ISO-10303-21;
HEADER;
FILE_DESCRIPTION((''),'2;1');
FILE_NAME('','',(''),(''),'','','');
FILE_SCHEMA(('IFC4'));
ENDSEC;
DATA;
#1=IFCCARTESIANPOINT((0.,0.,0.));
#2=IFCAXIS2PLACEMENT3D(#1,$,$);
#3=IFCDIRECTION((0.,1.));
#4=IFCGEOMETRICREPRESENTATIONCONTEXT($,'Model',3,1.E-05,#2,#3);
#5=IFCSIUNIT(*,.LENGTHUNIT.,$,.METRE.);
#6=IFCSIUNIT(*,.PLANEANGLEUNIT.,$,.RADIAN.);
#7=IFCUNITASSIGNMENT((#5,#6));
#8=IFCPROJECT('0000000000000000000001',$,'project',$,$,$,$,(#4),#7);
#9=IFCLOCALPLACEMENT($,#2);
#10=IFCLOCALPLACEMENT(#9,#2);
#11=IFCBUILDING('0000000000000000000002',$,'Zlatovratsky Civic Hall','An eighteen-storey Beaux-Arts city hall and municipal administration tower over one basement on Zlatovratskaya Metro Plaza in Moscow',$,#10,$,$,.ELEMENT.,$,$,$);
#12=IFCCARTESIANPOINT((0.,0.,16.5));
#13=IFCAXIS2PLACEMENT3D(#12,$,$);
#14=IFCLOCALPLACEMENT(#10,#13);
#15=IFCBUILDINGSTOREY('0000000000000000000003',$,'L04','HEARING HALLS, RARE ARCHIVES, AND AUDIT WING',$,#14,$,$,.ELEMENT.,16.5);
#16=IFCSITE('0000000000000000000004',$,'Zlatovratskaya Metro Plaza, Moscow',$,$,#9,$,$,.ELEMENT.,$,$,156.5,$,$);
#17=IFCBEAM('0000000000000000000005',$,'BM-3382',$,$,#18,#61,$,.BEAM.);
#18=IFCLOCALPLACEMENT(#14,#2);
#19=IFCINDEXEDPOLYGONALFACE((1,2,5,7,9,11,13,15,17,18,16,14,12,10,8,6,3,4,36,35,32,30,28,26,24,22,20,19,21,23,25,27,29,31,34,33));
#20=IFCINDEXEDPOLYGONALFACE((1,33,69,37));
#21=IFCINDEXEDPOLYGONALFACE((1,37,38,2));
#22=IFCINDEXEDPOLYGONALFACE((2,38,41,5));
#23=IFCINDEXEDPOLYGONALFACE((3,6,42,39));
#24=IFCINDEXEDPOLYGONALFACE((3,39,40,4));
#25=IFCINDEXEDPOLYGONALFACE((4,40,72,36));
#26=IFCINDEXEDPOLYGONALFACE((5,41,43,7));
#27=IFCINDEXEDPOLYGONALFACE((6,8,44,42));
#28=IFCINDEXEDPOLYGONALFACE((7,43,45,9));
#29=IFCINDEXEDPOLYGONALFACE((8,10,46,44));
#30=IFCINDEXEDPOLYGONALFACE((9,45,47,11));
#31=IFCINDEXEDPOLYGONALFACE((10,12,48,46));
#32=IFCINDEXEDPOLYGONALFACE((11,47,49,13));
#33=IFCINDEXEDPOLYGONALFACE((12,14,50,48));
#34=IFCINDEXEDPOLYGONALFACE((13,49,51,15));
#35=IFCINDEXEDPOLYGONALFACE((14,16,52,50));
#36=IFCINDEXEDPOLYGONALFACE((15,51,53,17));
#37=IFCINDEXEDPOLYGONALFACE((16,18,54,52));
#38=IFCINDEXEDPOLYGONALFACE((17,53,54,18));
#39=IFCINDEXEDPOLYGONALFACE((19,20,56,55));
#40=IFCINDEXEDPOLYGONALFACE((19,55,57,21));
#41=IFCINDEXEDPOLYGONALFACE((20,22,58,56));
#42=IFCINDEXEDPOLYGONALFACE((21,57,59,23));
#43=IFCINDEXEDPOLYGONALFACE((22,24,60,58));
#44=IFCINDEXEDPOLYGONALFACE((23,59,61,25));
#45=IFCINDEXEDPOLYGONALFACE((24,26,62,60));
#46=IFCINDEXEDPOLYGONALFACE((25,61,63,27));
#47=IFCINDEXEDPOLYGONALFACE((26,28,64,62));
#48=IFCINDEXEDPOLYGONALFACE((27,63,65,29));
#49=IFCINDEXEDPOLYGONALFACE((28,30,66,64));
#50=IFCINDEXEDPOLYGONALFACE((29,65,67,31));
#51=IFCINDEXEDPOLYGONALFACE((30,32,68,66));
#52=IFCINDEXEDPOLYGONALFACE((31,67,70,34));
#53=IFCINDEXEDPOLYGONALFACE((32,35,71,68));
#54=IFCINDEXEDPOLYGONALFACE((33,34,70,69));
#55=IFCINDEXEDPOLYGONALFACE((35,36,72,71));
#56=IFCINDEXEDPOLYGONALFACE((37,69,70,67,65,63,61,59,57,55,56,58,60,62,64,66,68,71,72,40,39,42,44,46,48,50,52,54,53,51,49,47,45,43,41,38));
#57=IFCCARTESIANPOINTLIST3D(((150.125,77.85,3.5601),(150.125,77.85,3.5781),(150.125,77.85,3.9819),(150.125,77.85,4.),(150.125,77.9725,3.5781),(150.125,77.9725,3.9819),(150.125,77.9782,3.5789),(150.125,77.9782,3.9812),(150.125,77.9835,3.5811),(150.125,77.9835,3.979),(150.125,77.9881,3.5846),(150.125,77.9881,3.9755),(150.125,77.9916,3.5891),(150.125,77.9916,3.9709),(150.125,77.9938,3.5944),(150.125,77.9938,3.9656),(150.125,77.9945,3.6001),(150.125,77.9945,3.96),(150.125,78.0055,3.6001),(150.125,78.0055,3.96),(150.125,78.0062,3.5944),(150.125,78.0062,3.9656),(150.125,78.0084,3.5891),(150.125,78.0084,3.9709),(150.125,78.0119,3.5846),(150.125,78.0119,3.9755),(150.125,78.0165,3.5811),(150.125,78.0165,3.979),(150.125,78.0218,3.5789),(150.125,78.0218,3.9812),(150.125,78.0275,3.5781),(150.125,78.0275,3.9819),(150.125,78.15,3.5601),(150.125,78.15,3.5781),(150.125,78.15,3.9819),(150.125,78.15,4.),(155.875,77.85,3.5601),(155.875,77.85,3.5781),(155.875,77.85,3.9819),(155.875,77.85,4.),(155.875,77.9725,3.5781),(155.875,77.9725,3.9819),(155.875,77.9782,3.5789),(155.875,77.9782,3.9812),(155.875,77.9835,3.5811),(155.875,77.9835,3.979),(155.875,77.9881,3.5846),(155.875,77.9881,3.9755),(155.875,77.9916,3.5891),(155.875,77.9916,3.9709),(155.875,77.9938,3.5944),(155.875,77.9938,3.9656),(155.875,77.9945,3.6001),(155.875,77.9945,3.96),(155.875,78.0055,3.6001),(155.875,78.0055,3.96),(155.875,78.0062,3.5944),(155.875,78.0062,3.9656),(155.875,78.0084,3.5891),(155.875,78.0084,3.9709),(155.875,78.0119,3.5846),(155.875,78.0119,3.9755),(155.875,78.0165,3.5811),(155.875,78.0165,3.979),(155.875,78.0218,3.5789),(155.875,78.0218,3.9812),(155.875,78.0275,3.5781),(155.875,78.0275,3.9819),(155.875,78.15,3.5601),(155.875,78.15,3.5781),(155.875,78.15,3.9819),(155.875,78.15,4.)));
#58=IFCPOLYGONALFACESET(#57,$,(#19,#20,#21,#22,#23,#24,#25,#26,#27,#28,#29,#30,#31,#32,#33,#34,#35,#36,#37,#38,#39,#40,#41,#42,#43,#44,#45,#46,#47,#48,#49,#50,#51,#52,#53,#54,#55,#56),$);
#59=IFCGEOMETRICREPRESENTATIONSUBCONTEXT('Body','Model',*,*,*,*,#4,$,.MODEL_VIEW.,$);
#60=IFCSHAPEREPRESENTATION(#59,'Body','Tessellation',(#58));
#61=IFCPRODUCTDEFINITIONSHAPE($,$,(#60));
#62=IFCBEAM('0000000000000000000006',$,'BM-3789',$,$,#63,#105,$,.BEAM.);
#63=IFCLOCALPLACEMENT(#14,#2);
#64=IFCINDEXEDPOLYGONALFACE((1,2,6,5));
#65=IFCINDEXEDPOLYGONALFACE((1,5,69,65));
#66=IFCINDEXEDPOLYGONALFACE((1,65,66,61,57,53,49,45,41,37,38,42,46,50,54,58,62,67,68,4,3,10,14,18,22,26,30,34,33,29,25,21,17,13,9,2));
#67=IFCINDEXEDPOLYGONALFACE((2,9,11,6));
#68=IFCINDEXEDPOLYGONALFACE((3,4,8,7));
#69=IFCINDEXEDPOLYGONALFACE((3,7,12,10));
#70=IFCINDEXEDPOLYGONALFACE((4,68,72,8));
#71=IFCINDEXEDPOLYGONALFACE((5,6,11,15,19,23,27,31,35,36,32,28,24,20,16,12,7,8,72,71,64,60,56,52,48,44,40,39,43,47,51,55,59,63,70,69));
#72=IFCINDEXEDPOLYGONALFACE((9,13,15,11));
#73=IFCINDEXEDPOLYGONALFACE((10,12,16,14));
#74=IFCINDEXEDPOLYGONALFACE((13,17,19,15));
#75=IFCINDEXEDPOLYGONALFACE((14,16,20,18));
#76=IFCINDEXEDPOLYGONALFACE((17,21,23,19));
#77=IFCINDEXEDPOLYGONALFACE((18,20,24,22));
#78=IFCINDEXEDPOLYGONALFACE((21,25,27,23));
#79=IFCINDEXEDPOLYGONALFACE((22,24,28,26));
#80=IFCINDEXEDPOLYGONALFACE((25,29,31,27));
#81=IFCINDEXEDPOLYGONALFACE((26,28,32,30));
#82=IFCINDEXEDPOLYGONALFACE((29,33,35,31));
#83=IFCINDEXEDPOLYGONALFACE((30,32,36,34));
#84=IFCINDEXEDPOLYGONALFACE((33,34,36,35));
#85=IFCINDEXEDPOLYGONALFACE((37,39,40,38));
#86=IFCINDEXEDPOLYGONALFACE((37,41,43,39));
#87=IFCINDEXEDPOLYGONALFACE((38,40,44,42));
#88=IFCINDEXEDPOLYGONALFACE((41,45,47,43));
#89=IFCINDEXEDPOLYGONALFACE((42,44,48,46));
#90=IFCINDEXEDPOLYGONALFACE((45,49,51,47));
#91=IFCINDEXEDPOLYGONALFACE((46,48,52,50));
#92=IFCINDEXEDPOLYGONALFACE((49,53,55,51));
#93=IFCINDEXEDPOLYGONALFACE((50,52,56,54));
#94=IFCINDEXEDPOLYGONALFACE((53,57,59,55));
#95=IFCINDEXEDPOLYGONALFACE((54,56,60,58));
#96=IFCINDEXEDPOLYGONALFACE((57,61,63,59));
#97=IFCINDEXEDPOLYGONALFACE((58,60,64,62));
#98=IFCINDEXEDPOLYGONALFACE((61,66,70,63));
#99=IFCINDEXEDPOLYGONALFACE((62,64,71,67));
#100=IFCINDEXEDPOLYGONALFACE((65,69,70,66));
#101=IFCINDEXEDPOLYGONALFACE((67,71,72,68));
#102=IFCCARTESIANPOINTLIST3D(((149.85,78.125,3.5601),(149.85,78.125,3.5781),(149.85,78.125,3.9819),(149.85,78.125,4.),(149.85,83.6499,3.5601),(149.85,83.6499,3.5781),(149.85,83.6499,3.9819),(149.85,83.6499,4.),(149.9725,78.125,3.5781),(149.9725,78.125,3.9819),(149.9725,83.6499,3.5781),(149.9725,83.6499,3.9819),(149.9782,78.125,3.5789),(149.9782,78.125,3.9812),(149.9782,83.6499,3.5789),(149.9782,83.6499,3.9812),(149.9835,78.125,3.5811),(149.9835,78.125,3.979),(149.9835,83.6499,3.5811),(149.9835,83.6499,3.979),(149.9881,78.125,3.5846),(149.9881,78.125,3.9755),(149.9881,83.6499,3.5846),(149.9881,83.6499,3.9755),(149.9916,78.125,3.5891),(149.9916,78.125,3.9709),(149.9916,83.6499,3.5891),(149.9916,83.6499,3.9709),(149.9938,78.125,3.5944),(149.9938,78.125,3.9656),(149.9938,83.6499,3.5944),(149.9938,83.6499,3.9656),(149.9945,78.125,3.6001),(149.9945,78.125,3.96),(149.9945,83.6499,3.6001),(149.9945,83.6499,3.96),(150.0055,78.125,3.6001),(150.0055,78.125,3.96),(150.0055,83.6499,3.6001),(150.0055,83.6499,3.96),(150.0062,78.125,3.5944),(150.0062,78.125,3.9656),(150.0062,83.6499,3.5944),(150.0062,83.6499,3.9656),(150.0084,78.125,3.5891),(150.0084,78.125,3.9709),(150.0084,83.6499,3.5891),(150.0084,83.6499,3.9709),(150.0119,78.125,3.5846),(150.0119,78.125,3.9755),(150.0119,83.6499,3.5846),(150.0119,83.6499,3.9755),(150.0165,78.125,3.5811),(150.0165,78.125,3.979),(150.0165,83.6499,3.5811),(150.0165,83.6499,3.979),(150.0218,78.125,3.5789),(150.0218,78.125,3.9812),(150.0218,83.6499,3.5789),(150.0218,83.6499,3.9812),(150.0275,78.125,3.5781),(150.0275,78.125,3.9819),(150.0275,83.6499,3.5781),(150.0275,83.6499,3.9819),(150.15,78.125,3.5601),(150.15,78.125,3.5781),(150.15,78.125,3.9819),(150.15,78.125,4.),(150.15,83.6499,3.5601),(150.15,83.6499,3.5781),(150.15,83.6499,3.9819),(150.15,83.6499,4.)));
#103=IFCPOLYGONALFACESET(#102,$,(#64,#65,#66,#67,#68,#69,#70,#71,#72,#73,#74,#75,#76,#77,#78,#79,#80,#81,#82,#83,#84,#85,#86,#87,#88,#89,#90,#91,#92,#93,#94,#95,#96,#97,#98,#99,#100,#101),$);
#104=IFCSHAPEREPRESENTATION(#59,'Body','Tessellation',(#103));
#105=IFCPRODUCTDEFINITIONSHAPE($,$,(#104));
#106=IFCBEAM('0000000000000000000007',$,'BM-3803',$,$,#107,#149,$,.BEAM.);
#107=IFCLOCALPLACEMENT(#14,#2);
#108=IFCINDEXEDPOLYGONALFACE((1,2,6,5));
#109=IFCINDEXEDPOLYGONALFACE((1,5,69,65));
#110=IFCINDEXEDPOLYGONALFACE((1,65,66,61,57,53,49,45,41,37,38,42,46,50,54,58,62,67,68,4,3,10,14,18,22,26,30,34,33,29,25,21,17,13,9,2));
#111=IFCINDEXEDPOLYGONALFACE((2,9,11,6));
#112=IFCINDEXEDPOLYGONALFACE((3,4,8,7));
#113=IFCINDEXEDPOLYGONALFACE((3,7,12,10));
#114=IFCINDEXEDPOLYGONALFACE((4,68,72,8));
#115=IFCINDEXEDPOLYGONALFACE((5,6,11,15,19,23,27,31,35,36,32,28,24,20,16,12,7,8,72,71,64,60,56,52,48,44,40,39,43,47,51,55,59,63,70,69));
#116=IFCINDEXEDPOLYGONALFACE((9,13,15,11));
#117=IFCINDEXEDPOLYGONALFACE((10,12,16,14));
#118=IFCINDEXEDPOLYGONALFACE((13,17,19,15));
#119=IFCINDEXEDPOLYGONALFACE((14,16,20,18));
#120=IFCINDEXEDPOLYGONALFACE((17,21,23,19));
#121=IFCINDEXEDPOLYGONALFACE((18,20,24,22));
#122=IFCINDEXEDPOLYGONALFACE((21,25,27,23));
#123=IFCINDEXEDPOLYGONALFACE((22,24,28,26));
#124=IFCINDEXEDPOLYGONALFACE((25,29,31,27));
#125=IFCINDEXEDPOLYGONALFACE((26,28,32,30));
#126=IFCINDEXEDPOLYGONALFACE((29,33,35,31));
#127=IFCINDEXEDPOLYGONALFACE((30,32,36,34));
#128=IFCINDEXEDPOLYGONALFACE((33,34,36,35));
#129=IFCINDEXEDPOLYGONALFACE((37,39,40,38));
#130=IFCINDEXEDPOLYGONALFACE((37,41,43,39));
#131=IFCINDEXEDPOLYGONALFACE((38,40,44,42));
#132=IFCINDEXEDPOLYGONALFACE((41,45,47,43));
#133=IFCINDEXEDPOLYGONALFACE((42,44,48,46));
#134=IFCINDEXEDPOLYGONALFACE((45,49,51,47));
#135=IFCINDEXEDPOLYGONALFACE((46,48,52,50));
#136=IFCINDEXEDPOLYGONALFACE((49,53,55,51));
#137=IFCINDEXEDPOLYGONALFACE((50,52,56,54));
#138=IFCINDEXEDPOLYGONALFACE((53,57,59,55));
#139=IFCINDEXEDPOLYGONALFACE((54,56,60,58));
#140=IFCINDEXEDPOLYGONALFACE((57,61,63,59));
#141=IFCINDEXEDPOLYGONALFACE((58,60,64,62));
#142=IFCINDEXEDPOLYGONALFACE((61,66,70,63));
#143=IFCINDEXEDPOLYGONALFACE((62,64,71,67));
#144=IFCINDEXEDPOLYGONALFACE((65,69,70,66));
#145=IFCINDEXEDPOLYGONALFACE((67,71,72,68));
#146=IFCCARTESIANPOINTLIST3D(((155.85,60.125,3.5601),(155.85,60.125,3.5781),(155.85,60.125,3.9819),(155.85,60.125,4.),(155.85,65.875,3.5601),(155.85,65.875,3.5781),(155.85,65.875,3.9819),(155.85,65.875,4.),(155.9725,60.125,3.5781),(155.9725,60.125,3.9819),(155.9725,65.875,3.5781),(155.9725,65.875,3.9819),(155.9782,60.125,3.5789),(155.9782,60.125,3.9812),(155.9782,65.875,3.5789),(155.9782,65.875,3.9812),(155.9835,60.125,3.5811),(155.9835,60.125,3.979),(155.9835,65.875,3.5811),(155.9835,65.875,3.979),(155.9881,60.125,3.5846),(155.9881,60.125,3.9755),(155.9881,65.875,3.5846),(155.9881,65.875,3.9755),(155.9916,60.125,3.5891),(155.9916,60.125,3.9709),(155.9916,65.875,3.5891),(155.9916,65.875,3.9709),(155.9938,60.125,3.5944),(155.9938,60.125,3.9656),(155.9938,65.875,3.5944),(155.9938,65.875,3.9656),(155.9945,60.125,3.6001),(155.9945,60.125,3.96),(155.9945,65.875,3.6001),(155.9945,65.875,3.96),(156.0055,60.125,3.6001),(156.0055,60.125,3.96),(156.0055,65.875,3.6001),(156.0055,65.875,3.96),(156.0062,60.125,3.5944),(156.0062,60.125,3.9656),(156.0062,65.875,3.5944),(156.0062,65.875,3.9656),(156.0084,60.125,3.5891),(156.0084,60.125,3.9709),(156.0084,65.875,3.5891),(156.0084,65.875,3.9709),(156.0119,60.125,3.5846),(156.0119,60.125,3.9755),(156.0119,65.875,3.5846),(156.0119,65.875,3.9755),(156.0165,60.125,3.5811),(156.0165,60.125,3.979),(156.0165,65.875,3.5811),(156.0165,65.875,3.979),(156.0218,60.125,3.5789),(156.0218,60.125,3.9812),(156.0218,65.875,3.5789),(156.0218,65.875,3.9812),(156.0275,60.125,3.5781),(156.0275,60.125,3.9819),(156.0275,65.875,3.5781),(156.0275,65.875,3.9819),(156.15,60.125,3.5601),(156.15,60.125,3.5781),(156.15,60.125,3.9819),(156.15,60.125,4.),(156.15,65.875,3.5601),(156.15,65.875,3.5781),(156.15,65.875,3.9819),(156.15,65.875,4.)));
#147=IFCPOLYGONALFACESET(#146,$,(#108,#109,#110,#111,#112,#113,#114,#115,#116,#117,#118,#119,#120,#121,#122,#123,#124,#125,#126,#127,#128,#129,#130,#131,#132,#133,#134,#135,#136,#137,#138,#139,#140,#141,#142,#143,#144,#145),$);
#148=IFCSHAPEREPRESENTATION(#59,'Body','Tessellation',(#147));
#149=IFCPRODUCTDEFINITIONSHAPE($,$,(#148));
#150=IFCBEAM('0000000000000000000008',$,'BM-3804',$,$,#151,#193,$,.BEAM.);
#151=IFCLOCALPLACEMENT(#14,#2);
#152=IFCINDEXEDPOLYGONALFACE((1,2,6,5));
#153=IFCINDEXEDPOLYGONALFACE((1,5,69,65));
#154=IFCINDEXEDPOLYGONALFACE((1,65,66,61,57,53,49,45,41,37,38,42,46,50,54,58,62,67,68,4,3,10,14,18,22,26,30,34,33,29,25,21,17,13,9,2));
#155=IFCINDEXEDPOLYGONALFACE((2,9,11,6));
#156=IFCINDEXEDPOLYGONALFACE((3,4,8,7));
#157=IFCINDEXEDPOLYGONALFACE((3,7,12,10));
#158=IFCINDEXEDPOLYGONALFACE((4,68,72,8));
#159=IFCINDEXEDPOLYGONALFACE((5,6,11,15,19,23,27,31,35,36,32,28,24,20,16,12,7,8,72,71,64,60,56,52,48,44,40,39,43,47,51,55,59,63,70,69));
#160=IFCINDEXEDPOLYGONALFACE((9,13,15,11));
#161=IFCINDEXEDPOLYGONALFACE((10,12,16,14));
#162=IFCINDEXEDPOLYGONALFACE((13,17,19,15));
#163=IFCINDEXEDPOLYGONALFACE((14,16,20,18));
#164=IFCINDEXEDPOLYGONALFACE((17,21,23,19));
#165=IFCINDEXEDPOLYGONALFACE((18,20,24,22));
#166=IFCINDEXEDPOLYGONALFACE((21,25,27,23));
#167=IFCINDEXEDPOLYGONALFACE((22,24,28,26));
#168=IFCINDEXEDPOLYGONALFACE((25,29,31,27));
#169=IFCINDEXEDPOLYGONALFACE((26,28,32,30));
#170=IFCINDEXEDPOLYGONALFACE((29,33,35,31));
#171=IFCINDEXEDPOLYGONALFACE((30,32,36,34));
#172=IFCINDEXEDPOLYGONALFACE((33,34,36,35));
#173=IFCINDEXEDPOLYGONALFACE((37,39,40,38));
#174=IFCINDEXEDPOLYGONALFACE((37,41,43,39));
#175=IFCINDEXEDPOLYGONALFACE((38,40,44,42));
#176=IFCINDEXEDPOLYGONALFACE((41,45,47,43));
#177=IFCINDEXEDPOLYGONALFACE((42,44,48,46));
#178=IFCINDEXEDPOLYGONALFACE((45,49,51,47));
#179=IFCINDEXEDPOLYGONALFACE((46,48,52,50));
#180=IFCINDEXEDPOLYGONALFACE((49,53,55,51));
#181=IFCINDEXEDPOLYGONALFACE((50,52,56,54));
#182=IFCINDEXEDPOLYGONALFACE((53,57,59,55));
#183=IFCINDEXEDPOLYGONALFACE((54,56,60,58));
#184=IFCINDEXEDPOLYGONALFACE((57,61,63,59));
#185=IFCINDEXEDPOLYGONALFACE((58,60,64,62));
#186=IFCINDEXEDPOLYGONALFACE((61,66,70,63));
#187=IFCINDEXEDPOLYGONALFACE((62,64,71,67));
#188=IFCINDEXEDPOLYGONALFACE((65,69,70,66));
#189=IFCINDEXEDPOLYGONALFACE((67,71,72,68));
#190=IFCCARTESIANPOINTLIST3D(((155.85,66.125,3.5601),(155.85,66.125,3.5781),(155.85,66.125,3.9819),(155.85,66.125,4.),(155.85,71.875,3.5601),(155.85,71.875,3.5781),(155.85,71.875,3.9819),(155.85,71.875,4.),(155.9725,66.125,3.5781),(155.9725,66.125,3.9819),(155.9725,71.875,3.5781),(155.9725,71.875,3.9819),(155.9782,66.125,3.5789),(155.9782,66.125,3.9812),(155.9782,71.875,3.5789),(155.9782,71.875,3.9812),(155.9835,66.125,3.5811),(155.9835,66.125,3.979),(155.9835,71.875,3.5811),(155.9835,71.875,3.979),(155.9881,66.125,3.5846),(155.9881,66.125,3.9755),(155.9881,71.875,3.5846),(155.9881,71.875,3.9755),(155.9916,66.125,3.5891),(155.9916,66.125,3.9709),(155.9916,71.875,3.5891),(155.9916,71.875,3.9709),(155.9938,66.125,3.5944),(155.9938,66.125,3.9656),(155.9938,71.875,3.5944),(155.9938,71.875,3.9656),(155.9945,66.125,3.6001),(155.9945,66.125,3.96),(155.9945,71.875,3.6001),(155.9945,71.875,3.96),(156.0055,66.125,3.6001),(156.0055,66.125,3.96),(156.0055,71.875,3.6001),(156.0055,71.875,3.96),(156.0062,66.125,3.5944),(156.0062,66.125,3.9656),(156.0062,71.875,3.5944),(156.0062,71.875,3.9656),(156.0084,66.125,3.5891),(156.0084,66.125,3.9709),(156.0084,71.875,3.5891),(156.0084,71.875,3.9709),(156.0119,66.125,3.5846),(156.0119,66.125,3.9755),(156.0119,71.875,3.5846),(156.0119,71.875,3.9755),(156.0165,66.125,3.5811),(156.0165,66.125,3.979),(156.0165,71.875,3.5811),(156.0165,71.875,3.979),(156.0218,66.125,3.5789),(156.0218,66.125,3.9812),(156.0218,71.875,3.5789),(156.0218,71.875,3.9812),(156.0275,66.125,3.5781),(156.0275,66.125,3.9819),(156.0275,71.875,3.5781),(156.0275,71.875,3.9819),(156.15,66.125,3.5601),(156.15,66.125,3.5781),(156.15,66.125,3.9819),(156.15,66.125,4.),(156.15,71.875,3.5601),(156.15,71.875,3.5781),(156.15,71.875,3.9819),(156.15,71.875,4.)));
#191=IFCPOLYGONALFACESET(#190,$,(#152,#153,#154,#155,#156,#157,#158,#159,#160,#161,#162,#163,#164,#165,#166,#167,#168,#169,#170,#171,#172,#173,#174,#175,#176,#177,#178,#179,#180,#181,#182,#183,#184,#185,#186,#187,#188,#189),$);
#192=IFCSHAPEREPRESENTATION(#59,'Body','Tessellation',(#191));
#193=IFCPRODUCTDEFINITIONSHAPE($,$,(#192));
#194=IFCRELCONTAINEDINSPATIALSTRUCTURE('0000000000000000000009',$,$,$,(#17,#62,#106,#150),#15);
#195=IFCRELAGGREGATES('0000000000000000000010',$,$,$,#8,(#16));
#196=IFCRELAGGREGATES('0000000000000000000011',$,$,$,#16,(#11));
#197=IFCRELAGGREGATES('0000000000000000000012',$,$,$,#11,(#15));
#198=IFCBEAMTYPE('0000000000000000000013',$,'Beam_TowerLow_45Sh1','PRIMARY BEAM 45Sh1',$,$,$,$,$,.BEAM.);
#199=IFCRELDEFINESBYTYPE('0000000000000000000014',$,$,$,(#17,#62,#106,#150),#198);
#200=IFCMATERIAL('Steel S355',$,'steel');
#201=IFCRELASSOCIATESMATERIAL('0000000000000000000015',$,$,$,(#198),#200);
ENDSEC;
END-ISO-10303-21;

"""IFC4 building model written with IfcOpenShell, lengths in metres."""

from ifc_helpers import new_model, si_unit, direction, frame, origin, origin_2d, place, context, subcontext, project, spatial, i_section, extrude, material, material_profile, profile_set, type_object, element, save


model = new_model("IFC4")

# Units and contexts
model_context = context("Model", 3, precision=1e-05, world=origin(), true_north=direction((0.0, 1.0)))
body_context = subcontext(model_context, "Body", "Model", "MODEL_VIEW")
ifc_project = project(units=[si_unit("LENGTHUNIT", "METRE"), si_unit("PLANEANGLEUNIT", "RADIAN")], contexts=[model_context])

# Site, building, storey
site_placement = place(None, origin())
site = spatial("IfcSite", under=ifc_project, at=site_placement, Name="Zlatovratskaya Metro Plaza, Moscow", CompositionType="ELEMENT", RefElevation=156.5)
building_placement = place(site_placement, origin())
building = spatial("IfcBuilding", under=site, at=building_placement, Name="Zlatovratsky Civic Hall", Description="An eighteen-storey Beaux-Arts city hall and municipal administration tower over one basement on Zlatovratskaya Metro Plaza in Moscow", CompositionType="ELEMENT")
storey_placement = place(building_placement, frame((0.0, 0.0, 16.5)))
storey = spatial("IfcBuildingStorey", under=building, at=storey_placement, Name="L04", Description="HEARING HALLS, RARE ARCHIVES, AND AUDIT WING", CompositionType="ELEMENT", Elevation=16.5)

# Shared definitions
ifc_material_1 = material(Name="Steel S355", Category="steel")

# Beams
ifc_material_profile_1 = material_profile(ifc_material_1, i_section(OverallWidth=0.3, OverallDepth=0.4399, WebThickness=0.011, FlangeThickness=0.0181, FilletRadius=0.022, at=origin_2d()), Name="45Sh1")
ifc_profile_set_1 = profile_set([ifc_material_profile_1], Name="Steel S355")
beam_type_1 = type_object("IfcBeamType", Name="Beam_TowerLow_45Sh1", Description="PRIMARY BEAM 45Sh1", PredefinedType="BEAM", material=ifc_profile_set_1)
for number, where, z_axis, x_axis, name in (
    (1, (150.125, 78.0, 3.78), (1.0, 0.0, 0.0), (0.0, 1.0, 0.0), "BM-3382"),
):
    element("IfcBeam", number, at=place(storey_placement, frame(where, z_axis=z_axis, x_axis=x_axis)), inside=storey, type_object=beam_type_1, Name=name, PredefinedType="BEAM", context=body_context, shape_type="SweptSolid", body=[
        extrude(i_section(OverallWidth=0.3, OverallDepth=0.4399, WebThickness=0.011, FlangeThickness=0.0181, FilletRadius=0.022, at=origin_2d()), origin(), (0.0, 0.0, 1.0), 5.75),
    ])
beam_1_placement = place(storey_placement, frame((150.0, 78.125, 3.78), z_axis=(0.0, 1.0, 0.0), x_axis=(-1.0, 0.0, 0.0)))
element("IfcBeam", 2, at=beam_1_placement, inside=storey, type_object=beam_type_1, Name="BM-3789", PredefinedType="BEAM", context=body_context, shape_type="SweptSolid", body=[
    extrude(i_section(OverallWidth=0.3, OverallDepth=0.4399, WebThickness=0.011, FlangeThickness=0.0181, FilletRadius=0.022, at=origin_2d()), origin(), (0.0, 0.0, 1.0), 5.5249),
])
for number, where, z_axis, x_axis, name in (
    (3, (156.0, 60.125, 3.78), (0.0, 1.0, 0.0), (-1.0, 0.0, 0.0), "BM-3803"),
    (4, (156.0, 66.125, 3.78), (0.0, 1.0, 0.0), (-1.0, 0.0, 0.0), "BM-3804"),
):
    element("IfcBeam", number, at=place(storey_placement, frame(where, z_axis=z_axis, x_axis=x_axis)), inside=storey, type_object=beam_type_1, Name=name, PredefinedType="BEAM", context=body_context, shape_type="SweptSolid", body=[
        extrude(i_section(OverallWidth=0.3, OverallDepth=0.4399, WebThickness=0.011, FlangeThickness=0.0181, FilletRadius=0.022, at=origin_2d()), origin(), (0.0, 0.0, 1.0), 5.75),
    ])

save(model, "model.ifc")
